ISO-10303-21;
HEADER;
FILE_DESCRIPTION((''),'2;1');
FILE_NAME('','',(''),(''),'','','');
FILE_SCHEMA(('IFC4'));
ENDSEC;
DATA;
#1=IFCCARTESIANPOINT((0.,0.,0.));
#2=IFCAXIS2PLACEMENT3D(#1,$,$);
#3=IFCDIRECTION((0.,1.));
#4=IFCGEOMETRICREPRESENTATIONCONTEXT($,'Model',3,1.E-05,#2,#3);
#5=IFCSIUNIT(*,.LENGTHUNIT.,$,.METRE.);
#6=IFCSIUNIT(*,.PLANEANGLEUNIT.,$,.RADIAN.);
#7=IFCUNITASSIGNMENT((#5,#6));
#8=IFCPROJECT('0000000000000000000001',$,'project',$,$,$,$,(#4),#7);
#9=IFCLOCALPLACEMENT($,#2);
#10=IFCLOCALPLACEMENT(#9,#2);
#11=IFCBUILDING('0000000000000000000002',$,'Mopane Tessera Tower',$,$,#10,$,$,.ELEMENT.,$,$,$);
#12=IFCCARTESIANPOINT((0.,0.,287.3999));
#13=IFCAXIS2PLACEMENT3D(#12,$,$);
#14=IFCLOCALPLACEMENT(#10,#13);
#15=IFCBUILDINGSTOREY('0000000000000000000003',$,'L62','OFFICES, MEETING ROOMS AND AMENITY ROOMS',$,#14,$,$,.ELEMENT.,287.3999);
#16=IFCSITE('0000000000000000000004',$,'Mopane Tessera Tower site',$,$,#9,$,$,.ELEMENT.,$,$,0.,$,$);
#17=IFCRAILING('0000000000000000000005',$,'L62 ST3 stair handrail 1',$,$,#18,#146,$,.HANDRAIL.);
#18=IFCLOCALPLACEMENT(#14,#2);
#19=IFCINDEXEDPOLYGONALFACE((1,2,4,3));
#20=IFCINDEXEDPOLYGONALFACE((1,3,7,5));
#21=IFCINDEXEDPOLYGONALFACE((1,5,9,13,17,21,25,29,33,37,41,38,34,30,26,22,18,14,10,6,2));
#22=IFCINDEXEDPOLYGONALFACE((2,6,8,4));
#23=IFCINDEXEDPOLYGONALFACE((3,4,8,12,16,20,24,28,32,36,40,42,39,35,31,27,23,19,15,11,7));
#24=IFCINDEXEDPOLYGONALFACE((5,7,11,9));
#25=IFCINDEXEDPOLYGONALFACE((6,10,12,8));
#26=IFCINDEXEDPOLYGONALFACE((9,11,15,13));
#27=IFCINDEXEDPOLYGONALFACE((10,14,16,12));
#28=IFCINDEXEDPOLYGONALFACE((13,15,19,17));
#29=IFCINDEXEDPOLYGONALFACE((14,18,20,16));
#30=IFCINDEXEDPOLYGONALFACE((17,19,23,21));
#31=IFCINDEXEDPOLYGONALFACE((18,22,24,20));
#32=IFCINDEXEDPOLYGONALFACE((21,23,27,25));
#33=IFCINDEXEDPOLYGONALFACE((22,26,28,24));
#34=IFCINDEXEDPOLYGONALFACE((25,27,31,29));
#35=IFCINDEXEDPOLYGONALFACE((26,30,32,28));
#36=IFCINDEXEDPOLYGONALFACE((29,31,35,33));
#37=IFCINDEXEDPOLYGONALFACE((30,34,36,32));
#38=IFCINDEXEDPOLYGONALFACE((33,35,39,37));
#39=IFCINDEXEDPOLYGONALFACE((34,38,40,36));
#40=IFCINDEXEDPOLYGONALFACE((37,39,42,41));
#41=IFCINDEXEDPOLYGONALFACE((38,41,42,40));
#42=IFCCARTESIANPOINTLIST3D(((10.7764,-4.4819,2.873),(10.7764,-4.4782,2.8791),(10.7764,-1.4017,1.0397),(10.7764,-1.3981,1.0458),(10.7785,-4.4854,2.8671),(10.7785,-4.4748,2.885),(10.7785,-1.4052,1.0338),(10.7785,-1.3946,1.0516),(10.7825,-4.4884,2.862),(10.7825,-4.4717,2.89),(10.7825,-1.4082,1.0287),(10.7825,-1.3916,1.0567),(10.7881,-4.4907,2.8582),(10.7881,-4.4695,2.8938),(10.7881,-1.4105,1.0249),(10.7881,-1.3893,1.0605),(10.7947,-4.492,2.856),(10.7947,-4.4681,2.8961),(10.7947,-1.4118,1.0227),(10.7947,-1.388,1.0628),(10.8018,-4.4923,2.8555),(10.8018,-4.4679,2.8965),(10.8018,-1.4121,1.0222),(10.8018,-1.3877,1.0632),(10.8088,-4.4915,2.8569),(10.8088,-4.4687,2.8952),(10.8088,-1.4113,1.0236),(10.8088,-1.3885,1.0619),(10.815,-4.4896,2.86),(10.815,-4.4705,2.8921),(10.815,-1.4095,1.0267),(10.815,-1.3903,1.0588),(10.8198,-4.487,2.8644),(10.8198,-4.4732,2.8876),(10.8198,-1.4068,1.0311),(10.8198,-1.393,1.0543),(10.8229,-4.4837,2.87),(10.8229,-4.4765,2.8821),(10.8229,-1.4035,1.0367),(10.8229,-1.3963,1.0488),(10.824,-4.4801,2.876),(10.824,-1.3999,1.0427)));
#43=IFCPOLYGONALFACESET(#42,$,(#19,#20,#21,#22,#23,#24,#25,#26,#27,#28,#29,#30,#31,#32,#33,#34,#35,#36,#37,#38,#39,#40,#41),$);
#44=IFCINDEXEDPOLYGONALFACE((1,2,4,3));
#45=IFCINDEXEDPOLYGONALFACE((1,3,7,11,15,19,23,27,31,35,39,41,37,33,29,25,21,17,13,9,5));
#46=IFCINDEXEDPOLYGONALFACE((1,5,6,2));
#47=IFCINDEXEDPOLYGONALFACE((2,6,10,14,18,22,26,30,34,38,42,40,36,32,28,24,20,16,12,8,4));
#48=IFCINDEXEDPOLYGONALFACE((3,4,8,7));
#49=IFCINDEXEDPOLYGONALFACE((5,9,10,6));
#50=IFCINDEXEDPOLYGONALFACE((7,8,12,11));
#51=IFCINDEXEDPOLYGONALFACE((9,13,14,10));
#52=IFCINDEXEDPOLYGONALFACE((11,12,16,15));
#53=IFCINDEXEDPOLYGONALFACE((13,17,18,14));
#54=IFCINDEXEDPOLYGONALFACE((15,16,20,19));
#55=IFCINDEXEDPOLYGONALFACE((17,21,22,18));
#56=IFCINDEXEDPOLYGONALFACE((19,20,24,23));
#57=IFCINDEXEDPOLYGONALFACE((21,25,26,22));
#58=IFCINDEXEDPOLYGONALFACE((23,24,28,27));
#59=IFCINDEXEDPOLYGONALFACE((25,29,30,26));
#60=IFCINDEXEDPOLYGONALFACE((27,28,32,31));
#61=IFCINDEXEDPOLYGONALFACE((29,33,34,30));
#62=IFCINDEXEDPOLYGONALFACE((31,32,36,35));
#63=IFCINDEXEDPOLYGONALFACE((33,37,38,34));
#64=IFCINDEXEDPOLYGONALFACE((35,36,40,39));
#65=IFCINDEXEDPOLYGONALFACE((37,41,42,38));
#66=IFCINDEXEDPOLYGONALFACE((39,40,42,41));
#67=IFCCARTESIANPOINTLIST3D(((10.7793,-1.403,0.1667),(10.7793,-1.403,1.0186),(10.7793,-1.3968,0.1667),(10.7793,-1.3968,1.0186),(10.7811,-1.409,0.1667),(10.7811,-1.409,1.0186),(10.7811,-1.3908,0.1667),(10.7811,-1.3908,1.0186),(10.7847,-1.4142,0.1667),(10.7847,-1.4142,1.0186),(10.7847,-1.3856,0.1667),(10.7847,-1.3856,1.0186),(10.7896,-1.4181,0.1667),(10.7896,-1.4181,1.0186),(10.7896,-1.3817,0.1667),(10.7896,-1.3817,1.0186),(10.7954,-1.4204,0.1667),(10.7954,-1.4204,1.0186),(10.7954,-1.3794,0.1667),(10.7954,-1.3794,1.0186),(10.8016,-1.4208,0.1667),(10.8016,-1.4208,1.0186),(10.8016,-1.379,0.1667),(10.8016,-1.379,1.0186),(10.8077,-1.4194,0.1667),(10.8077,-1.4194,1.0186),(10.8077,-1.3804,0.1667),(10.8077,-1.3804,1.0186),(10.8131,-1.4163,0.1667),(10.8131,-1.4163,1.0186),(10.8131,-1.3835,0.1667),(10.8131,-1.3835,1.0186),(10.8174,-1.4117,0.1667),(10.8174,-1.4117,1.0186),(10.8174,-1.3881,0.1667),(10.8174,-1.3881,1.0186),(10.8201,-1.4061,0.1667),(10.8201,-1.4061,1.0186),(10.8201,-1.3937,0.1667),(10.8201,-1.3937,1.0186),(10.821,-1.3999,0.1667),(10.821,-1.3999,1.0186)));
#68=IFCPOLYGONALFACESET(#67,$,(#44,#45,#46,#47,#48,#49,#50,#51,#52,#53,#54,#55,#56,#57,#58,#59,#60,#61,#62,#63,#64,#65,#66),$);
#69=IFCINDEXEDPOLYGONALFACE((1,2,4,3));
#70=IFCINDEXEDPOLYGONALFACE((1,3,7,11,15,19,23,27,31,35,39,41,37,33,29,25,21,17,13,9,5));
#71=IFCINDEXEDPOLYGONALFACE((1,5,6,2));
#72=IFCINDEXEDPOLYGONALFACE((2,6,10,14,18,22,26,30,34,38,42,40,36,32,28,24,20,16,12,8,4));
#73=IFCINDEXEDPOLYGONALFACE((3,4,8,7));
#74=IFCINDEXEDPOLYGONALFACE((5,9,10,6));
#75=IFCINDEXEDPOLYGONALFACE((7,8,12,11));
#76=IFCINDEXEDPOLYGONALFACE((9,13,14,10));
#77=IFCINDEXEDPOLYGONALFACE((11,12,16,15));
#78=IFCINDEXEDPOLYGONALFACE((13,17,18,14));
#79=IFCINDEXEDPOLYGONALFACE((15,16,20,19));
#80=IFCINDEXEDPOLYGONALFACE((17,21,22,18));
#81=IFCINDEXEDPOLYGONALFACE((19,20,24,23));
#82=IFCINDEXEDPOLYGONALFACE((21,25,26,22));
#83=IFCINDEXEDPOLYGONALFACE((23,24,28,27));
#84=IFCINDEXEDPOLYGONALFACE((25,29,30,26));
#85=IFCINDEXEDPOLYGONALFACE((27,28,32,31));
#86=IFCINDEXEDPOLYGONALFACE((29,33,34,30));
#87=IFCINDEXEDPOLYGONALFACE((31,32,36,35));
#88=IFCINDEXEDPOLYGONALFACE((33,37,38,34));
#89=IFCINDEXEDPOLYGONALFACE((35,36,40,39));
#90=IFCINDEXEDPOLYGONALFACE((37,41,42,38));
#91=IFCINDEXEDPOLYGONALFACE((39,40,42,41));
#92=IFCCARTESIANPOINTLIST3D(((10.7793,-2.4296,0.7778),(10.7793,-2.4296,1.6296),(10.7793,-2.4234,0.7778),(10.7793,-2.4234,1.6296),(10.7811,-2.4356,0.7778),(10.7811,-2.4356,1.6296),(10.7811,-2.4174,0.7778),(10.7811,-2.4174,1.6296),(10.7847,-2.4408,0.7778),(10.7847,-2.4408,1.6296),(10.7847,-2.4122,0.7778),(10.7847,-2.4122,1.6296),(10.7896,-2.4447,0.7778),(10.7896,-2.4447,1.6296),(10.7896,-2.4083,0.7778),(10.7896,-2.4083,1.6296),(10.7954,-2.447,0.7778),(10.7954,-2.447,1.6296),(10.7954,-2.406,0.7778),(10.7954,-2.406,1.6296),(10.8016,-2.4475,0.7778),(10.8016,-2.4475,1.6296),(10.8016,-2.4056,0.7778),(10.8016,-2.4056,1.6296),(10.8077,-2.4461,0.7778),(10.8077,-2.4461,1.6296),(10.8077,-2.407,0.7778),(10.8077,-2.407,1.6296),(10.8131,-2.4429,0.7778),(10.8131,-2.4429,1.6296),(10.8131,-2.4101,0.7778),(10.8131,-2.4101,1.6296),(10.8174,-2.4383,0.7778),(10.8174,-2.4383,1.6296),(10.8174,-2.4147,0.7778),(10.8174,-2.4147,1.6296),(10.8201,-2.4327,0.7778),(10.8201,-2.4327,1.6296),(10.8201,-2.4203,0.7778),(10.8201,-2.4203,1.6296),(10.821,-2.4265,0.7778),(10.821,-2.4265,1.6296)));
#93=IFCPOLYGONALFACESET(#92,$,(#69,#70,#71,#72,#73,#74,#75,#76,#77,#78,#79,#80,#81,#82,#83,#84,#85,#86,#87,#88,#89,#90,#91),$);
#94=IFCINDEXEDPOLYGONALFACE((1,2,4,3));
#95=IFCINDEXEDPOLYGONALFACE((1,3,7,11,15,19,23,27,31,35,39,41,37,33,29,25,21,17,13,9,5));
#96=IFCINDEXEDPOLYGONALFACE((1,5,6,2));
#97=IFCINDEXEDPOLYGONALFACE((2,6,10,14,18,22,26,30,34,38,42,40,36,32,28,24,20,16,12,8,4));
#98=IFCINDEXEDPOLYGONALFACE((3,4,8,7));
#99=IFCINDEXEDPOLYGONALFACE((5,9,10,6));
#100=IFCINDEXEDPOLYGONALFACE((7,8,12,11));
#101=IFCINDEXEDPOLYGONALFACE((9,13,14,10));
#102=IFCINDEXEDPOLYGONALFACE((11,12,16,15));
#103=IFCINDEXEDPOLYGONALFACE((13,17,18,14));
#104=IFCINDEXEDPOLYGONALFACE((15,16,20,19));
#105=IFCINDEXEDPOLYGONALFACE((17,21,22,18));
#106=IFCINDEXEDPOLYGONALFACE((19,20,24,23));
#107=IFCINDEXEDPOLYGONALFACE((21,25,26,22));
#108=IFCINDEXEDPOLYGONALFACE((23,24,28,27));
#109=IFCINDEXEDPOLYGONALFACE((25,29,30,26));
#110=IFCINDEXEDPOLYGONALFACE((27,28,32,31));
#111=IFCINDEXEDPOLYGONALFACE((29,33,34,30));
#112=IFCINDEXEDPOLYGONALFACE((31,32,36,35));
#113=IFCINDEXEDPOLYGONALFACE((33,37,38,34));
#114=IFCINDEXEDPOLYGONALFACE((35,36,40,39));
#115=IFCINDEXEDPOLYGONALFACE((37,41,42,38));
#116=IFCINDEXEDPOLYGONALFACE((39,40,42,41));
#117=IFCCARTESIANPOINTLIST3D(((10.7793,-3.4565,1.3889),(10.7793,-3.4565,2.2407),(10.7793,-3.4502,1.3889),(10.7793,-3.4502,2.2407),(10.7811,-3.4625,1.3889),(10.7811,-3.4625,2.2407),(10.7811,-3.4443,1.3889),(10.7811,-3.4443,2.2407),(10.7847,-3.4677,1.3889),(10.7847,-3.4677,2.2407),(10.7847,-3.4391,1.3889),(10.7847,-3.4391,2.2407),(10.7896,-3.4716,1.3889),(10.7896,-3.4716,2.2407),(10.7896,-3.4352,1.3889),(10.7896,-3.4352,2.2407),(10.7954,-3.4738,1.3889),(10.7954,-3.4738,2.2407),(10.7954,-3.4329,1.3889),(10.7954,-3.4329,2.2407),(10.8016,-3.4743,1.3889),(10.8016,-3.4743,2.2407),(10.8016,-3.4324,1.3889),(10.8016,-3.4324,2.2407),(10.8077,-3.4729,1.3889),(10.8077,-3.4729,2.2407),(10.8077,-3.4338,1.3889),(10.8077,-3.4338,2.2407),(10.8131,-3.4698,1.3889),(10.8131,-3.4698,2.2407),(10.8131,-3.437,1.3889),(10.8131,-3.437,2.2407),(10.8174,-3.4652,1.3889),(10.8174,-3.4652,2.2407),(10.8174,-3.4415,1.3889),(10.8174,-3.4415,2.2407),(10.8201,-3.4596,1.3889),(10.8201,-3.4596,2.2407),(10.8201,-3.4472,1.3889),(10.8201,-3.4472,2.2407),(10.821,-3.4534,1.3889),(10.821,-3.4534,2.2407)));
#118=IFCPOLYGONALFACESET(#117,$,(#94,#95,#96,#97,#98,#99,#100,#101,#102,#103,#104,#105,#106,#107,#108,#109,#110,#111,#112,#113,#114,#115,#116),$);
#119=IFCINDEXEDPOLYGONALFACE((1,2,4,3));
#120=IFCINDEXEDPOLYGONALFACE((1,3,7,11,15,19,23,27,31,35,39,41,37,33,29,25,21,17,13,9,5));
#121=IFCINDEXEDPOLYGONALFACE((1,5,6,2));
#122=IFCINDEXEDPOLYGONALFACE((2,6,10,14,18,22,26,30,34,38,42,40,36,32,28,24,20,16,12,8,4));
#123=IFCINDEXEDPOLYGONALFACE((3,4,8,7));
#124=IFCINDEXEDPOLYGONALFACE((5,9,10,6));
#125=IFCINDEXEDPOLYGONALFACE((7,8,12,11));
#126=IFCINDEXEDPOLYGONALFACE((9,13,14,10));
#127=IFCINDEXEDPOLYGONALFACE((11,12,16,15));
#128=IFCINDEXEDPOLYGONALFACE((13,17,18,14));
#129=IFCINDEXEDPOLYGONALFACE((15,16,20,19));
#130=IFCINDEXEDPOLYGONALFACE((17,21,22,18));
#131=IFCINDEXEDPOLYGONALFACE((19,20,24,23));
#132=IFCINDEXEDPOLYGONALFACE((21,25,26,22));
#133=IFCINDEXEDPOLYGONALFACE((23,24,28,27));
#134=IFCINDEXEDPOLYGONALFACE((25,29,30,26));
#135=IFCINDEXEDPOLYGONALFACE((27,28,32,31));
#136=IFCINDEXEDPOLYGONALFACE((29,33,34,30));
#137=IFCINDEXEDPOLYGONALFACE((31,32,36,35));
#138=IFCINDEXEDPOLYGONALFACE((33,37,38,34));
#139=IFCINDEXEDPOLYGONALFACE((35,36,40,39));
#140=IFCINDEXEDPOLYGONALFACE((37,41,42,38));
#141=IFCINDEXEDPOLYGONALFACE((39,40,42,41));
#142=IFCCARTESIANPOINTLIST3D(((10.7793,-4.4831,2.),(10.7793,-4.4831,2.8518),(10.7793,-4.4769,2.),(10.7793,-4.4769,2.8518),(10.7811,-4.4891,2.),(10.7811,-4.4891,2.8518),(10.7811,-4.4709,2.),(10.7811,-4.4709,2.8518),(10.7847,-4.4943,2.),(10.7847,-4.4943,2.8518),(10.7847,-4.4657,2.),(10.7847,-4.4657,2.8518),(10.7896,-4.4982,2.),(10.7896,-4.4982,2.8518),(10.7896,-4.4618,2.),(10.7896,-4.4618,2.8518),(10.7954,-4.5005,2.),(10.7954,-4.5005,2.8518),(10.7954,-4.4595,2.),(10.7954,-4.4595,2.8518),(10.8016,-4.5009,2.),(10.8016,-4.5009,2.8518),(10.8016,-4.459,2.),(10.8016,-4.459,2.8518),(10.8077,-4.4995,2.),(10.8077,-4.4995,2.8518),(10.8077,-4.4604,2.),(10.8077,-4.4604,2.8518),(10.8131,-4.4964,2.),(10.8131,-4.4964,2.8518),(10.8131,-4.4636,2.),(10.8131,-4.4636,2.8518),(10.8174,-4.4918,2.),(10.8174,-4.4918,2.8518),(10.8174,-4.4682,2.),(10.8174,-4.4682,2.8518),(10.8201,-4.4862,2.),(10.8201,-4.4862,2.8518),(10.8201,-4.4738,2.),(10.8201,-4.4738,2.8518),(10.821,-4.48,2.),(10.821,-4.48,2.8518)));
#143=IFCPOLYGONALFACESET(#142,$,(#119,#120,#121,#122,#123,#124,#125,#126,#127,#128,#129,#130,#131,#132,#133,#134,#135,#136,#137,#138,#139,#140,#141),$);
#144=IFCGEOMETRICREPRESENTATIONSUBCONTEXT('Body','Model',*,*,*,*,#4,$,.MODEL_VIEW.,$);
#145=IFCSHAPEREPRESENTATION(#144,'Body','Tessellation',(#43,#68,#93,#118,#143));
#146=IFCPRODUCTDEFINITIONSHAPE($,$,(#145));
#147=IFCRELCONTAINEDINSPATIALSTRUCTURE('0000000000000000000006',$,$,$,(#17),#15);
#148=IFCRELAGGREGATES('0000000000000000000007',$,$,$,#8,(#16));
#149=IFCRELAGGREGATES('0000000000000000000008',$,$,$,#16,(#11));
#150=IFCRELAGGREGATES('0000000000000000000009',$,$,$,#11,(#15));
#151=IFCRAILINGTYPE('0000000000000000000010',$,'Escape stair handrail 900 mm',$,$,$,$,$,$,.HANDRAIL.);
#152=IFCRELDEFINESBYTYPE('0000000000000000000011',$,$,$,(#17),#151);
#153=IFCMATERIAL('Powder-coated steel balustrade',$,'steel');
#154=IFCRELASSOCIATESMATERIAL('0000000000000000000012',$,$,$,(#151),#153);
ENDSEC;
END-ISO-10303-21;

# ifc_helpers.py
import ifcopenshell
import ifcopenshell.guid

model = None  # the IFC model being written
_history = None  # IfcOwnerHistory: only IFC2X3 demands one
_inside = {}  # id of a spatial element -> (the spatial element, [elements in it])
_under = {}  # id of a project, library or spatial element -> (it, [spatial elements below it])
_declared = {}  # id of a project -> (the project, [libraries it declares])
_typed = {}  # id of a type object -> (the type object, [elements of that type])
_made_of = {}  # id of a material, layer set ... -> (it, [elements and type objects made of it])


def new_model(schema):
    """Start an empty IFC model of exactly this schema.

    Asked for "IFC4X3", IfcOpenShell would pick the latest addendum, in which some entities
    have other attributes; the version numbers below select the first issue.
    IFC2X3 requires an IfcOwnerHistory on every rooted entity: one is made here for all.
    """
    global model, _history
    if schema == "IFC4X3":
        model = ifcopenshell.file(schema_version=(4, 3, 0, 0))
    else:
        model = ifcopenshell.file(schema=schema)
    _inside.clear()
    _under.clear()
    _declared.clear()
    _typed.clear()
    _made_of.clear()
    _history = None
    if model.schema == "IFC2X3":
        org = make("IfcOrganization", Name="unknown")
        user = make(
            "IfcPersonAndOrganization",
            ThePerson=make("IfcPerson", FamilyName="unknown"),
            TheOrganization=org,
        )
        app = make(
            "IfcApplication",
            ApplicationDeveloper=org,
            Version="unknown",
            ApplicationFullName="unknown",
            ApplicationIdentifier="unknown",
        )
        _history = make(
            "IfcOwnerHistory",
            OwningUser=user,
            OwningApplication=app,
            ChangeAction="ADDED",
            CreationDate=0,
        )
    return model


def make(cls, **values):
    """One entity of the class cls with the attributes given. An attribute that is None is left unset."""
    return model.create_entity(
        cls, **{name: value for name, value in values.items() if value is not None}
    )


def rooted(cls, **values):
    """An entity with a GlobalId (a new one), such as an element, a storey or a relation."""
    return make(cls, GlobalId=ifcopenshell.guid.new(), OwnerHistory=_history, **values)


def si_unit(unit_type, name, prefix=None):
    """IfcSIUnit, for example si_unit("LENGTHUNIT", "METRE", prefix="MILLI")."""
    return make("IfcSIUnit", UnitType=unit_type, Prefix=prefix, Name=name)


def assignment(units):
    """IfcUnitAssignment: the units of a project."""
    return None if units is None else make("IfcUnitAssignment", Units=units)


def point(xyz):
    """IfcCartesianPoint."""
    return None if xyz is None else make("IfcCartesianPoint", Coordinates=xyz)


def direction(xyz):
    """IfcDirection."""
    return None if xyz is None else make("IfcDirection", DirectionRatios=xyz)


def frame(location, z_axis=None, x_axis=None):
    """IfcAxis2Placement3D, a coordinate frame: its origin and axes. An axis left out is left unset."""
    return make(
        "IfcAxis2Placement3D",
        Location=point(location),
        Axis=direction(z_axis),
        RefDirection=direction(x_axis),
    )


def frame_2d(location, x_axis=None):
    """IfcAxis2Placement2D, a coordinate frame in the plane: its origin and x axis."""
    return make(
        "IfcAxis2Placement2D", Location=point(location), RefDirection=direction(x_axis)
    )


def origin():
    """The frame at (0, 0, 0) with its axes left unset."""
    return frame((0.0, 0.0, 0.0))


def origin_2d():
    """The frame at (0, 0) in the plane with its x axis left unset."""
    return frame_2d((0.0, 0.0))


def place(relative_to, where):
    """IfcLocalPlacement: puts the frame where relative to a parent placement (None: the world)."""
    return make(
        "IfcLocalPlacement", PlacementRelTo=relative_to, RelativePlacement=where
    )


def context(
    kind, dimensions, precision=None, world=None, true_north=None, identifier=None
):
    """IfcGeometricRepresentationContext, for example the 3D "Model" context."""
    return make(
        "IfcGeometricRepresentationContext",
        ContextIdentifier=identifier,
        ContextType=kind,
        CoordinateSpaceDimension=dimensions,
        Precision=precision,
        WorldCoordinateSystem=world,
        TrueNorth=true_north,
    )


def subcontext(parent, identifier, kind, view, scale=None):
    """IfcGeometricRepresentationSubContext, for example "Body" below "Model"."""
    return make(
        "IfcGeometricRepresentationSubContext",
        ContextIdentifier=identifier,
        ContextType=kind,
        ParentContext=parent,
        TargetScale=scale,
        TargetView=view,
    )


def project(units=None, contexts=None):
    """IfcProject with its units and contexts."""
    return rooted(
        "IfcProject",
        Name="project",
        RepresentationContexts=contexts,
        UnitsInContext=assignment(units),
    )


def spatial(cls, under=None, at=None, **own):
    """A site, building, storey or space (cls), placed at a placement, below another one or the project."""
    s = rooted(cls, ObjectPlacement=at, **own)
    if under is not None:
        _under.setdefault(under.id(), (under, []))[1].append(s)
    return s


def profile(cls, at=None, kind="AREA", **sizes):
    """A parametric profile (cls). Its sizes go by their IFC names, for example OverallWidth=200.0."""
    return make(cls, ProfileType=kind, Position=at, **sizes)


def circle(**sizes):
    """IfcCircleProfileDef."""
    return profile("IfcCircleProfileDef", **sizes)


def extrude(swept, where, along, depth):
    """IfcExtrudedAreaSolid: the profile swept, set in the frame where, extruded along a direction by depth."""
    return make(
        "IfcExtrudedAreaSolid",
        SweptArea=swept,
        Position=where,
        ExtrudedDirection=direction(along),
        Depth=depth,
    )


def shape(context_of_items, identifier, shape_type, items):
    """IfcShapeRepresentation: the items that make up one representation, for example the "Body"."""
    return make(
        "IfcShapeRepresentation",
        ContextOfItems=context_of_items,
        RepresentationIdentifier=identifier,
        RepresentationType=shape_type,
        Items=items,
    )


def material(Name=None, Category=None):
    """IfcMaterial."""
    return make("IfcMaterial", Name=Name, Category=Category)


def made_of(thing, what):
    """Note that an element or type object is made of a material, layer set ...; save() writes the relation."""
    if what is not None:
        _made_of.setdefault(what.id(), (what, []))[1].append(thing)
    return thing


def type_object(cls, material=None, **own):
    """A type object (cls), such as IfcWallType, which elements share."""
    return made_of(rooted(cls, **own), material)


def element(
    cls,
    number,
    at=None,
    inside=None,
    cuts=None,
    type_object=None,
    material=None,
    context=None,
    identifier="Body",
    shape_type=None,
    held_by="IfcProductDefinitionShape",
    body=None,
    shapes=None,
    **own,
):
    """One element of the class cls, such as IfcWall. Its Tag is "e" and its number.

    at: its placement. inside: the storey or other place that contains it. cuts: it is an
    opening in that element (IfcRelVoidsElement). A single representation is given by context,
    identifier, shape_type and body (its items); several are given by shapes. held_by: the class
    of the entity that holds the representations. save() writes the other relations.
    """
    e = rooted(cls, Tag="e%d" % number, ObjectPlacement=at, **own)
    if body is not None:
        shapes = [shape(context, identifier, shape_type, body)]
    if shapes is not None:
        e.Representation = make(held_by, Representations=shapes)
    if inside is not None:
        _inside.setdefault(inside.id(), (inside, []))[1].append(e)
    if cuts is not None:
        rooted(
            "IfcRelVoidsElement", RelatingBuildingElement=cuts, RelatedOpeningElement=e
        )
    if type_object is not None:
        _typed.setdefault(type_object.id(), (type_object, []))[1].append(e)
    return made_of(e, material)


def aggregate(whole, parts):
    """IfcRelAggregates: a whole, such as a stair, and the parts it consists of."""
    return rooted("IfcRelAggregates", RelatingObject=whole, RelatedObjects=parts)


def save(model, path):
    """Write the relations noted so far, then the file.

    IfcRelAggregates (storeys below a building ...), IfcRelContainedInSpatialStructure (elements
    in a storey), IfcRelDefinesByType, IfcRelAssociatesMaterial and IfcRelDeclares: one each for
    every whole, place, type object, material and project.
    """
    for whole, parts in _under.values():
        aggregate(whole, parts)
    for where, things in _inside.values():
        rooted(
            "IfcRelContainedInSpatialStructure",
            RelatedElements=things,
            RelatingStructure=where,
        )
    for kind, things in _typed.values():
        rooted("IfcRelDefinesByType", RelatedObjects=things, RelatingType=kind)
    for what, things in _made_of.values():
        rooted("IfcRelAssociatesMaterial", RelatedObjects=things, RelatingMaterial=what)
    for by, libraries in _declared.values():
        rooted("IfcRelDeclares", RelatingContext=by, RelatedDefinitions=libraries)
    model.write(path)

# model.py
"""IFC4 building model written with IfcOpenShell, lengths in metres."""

from ifc_helpers import new_model, si_unit, direction, frame, origin, origin_2d, place, context, subcontext, project, spatial, circle, extrude, material, type_object, element, save


model = new_model("IFC4")

# Units and contexts
model_context = context("Model", 3, precision=1e-05, world=origin(), true_north=direction((0.0, 1.0)))
body_context = subcontext(model_context, "Body", "Model", "MODEL_VIEW")
ifc_project = project(units=[si_unit("LENGTHUNIT", "METRE"), si_unit("PLANEANGLEUNIT", "RADIAN")], contexts=[model_context])

# Site, building, storey
site_placement = place(None, origin())
site = spatial("IfcSite", under=ifc_project, at=site_placement, Name="Mopane Tessera Tower site", CompositionType="ELEMENT", RefElevation=0.0)
building_placement = place(site_placement, origin())
building = spatial("IfcBuilding", under=site, at=building_placement, Name="Mopane Tessera Tower", CompositionType="ELEMENT")
storey_placement = place(building_placement, frame((0.0, 0.0, 287.3999)))
storey = spatial("IfcBuildingStorey", under=building, at=storey_placement, Name="L62", Description="OFFICES, MEETING ROOMS AND AMENITY ROOMS", CompositionType="ELEMENT", Elevation=287.3999)

# Railing
ifc_material_1 = material(Name="Powder-coated steel balustrade", Category="steel")
railing_type = type_object("IfcRailingType", Name="Escape stair handrail 900 mm", PredefinedType="HANDRAIL", material=ifc_material_1)
railing_placement = place(storey_placement, frame((10.8, -1.3999, 0.1667)))
element("IfcRailing", 1, at=railing_placement, inside=storey, type_object=railing_type, Name="L62 ST3 stair handrail 1", PredefinedType="HANDRAIL", context=body_context, shape_type="SweptSolid", body=[
    extrude(circle(Radius=0.0239, at=origin_2d()), frame((0.0, 0.0, 0.876), z_axis=(0.0, -0.859309, 0.511458), x_axis=(1.0, 0.0, 0.0)), (0.0, 0.0, 1.0), 3.5845),
    extrude(circle(Radius=0.021, at=origin_2d()), origin(), (0.0, 0.0, 1.0), 0.8518),
    extrude(circle(Radius=0.021, at=origin_2d()), frame((0.0, -1.0266, 0.6111)), (0.0, 0.0, 1.0), 0.8518),
    extrude(circle(Radius=0.021, at=origin_2d()), frame((0.0, -2.0535, 1.2222)), (0.0, 0.0, 1.0), 0.8518),
    extrude(circle(Radius=0.021, at=origin_2d()), frame((0.0, -3.0801, 1.8333)), (0.0, 0.0, 1.0), 0.8518),
])

save(model, "model.ifc")
